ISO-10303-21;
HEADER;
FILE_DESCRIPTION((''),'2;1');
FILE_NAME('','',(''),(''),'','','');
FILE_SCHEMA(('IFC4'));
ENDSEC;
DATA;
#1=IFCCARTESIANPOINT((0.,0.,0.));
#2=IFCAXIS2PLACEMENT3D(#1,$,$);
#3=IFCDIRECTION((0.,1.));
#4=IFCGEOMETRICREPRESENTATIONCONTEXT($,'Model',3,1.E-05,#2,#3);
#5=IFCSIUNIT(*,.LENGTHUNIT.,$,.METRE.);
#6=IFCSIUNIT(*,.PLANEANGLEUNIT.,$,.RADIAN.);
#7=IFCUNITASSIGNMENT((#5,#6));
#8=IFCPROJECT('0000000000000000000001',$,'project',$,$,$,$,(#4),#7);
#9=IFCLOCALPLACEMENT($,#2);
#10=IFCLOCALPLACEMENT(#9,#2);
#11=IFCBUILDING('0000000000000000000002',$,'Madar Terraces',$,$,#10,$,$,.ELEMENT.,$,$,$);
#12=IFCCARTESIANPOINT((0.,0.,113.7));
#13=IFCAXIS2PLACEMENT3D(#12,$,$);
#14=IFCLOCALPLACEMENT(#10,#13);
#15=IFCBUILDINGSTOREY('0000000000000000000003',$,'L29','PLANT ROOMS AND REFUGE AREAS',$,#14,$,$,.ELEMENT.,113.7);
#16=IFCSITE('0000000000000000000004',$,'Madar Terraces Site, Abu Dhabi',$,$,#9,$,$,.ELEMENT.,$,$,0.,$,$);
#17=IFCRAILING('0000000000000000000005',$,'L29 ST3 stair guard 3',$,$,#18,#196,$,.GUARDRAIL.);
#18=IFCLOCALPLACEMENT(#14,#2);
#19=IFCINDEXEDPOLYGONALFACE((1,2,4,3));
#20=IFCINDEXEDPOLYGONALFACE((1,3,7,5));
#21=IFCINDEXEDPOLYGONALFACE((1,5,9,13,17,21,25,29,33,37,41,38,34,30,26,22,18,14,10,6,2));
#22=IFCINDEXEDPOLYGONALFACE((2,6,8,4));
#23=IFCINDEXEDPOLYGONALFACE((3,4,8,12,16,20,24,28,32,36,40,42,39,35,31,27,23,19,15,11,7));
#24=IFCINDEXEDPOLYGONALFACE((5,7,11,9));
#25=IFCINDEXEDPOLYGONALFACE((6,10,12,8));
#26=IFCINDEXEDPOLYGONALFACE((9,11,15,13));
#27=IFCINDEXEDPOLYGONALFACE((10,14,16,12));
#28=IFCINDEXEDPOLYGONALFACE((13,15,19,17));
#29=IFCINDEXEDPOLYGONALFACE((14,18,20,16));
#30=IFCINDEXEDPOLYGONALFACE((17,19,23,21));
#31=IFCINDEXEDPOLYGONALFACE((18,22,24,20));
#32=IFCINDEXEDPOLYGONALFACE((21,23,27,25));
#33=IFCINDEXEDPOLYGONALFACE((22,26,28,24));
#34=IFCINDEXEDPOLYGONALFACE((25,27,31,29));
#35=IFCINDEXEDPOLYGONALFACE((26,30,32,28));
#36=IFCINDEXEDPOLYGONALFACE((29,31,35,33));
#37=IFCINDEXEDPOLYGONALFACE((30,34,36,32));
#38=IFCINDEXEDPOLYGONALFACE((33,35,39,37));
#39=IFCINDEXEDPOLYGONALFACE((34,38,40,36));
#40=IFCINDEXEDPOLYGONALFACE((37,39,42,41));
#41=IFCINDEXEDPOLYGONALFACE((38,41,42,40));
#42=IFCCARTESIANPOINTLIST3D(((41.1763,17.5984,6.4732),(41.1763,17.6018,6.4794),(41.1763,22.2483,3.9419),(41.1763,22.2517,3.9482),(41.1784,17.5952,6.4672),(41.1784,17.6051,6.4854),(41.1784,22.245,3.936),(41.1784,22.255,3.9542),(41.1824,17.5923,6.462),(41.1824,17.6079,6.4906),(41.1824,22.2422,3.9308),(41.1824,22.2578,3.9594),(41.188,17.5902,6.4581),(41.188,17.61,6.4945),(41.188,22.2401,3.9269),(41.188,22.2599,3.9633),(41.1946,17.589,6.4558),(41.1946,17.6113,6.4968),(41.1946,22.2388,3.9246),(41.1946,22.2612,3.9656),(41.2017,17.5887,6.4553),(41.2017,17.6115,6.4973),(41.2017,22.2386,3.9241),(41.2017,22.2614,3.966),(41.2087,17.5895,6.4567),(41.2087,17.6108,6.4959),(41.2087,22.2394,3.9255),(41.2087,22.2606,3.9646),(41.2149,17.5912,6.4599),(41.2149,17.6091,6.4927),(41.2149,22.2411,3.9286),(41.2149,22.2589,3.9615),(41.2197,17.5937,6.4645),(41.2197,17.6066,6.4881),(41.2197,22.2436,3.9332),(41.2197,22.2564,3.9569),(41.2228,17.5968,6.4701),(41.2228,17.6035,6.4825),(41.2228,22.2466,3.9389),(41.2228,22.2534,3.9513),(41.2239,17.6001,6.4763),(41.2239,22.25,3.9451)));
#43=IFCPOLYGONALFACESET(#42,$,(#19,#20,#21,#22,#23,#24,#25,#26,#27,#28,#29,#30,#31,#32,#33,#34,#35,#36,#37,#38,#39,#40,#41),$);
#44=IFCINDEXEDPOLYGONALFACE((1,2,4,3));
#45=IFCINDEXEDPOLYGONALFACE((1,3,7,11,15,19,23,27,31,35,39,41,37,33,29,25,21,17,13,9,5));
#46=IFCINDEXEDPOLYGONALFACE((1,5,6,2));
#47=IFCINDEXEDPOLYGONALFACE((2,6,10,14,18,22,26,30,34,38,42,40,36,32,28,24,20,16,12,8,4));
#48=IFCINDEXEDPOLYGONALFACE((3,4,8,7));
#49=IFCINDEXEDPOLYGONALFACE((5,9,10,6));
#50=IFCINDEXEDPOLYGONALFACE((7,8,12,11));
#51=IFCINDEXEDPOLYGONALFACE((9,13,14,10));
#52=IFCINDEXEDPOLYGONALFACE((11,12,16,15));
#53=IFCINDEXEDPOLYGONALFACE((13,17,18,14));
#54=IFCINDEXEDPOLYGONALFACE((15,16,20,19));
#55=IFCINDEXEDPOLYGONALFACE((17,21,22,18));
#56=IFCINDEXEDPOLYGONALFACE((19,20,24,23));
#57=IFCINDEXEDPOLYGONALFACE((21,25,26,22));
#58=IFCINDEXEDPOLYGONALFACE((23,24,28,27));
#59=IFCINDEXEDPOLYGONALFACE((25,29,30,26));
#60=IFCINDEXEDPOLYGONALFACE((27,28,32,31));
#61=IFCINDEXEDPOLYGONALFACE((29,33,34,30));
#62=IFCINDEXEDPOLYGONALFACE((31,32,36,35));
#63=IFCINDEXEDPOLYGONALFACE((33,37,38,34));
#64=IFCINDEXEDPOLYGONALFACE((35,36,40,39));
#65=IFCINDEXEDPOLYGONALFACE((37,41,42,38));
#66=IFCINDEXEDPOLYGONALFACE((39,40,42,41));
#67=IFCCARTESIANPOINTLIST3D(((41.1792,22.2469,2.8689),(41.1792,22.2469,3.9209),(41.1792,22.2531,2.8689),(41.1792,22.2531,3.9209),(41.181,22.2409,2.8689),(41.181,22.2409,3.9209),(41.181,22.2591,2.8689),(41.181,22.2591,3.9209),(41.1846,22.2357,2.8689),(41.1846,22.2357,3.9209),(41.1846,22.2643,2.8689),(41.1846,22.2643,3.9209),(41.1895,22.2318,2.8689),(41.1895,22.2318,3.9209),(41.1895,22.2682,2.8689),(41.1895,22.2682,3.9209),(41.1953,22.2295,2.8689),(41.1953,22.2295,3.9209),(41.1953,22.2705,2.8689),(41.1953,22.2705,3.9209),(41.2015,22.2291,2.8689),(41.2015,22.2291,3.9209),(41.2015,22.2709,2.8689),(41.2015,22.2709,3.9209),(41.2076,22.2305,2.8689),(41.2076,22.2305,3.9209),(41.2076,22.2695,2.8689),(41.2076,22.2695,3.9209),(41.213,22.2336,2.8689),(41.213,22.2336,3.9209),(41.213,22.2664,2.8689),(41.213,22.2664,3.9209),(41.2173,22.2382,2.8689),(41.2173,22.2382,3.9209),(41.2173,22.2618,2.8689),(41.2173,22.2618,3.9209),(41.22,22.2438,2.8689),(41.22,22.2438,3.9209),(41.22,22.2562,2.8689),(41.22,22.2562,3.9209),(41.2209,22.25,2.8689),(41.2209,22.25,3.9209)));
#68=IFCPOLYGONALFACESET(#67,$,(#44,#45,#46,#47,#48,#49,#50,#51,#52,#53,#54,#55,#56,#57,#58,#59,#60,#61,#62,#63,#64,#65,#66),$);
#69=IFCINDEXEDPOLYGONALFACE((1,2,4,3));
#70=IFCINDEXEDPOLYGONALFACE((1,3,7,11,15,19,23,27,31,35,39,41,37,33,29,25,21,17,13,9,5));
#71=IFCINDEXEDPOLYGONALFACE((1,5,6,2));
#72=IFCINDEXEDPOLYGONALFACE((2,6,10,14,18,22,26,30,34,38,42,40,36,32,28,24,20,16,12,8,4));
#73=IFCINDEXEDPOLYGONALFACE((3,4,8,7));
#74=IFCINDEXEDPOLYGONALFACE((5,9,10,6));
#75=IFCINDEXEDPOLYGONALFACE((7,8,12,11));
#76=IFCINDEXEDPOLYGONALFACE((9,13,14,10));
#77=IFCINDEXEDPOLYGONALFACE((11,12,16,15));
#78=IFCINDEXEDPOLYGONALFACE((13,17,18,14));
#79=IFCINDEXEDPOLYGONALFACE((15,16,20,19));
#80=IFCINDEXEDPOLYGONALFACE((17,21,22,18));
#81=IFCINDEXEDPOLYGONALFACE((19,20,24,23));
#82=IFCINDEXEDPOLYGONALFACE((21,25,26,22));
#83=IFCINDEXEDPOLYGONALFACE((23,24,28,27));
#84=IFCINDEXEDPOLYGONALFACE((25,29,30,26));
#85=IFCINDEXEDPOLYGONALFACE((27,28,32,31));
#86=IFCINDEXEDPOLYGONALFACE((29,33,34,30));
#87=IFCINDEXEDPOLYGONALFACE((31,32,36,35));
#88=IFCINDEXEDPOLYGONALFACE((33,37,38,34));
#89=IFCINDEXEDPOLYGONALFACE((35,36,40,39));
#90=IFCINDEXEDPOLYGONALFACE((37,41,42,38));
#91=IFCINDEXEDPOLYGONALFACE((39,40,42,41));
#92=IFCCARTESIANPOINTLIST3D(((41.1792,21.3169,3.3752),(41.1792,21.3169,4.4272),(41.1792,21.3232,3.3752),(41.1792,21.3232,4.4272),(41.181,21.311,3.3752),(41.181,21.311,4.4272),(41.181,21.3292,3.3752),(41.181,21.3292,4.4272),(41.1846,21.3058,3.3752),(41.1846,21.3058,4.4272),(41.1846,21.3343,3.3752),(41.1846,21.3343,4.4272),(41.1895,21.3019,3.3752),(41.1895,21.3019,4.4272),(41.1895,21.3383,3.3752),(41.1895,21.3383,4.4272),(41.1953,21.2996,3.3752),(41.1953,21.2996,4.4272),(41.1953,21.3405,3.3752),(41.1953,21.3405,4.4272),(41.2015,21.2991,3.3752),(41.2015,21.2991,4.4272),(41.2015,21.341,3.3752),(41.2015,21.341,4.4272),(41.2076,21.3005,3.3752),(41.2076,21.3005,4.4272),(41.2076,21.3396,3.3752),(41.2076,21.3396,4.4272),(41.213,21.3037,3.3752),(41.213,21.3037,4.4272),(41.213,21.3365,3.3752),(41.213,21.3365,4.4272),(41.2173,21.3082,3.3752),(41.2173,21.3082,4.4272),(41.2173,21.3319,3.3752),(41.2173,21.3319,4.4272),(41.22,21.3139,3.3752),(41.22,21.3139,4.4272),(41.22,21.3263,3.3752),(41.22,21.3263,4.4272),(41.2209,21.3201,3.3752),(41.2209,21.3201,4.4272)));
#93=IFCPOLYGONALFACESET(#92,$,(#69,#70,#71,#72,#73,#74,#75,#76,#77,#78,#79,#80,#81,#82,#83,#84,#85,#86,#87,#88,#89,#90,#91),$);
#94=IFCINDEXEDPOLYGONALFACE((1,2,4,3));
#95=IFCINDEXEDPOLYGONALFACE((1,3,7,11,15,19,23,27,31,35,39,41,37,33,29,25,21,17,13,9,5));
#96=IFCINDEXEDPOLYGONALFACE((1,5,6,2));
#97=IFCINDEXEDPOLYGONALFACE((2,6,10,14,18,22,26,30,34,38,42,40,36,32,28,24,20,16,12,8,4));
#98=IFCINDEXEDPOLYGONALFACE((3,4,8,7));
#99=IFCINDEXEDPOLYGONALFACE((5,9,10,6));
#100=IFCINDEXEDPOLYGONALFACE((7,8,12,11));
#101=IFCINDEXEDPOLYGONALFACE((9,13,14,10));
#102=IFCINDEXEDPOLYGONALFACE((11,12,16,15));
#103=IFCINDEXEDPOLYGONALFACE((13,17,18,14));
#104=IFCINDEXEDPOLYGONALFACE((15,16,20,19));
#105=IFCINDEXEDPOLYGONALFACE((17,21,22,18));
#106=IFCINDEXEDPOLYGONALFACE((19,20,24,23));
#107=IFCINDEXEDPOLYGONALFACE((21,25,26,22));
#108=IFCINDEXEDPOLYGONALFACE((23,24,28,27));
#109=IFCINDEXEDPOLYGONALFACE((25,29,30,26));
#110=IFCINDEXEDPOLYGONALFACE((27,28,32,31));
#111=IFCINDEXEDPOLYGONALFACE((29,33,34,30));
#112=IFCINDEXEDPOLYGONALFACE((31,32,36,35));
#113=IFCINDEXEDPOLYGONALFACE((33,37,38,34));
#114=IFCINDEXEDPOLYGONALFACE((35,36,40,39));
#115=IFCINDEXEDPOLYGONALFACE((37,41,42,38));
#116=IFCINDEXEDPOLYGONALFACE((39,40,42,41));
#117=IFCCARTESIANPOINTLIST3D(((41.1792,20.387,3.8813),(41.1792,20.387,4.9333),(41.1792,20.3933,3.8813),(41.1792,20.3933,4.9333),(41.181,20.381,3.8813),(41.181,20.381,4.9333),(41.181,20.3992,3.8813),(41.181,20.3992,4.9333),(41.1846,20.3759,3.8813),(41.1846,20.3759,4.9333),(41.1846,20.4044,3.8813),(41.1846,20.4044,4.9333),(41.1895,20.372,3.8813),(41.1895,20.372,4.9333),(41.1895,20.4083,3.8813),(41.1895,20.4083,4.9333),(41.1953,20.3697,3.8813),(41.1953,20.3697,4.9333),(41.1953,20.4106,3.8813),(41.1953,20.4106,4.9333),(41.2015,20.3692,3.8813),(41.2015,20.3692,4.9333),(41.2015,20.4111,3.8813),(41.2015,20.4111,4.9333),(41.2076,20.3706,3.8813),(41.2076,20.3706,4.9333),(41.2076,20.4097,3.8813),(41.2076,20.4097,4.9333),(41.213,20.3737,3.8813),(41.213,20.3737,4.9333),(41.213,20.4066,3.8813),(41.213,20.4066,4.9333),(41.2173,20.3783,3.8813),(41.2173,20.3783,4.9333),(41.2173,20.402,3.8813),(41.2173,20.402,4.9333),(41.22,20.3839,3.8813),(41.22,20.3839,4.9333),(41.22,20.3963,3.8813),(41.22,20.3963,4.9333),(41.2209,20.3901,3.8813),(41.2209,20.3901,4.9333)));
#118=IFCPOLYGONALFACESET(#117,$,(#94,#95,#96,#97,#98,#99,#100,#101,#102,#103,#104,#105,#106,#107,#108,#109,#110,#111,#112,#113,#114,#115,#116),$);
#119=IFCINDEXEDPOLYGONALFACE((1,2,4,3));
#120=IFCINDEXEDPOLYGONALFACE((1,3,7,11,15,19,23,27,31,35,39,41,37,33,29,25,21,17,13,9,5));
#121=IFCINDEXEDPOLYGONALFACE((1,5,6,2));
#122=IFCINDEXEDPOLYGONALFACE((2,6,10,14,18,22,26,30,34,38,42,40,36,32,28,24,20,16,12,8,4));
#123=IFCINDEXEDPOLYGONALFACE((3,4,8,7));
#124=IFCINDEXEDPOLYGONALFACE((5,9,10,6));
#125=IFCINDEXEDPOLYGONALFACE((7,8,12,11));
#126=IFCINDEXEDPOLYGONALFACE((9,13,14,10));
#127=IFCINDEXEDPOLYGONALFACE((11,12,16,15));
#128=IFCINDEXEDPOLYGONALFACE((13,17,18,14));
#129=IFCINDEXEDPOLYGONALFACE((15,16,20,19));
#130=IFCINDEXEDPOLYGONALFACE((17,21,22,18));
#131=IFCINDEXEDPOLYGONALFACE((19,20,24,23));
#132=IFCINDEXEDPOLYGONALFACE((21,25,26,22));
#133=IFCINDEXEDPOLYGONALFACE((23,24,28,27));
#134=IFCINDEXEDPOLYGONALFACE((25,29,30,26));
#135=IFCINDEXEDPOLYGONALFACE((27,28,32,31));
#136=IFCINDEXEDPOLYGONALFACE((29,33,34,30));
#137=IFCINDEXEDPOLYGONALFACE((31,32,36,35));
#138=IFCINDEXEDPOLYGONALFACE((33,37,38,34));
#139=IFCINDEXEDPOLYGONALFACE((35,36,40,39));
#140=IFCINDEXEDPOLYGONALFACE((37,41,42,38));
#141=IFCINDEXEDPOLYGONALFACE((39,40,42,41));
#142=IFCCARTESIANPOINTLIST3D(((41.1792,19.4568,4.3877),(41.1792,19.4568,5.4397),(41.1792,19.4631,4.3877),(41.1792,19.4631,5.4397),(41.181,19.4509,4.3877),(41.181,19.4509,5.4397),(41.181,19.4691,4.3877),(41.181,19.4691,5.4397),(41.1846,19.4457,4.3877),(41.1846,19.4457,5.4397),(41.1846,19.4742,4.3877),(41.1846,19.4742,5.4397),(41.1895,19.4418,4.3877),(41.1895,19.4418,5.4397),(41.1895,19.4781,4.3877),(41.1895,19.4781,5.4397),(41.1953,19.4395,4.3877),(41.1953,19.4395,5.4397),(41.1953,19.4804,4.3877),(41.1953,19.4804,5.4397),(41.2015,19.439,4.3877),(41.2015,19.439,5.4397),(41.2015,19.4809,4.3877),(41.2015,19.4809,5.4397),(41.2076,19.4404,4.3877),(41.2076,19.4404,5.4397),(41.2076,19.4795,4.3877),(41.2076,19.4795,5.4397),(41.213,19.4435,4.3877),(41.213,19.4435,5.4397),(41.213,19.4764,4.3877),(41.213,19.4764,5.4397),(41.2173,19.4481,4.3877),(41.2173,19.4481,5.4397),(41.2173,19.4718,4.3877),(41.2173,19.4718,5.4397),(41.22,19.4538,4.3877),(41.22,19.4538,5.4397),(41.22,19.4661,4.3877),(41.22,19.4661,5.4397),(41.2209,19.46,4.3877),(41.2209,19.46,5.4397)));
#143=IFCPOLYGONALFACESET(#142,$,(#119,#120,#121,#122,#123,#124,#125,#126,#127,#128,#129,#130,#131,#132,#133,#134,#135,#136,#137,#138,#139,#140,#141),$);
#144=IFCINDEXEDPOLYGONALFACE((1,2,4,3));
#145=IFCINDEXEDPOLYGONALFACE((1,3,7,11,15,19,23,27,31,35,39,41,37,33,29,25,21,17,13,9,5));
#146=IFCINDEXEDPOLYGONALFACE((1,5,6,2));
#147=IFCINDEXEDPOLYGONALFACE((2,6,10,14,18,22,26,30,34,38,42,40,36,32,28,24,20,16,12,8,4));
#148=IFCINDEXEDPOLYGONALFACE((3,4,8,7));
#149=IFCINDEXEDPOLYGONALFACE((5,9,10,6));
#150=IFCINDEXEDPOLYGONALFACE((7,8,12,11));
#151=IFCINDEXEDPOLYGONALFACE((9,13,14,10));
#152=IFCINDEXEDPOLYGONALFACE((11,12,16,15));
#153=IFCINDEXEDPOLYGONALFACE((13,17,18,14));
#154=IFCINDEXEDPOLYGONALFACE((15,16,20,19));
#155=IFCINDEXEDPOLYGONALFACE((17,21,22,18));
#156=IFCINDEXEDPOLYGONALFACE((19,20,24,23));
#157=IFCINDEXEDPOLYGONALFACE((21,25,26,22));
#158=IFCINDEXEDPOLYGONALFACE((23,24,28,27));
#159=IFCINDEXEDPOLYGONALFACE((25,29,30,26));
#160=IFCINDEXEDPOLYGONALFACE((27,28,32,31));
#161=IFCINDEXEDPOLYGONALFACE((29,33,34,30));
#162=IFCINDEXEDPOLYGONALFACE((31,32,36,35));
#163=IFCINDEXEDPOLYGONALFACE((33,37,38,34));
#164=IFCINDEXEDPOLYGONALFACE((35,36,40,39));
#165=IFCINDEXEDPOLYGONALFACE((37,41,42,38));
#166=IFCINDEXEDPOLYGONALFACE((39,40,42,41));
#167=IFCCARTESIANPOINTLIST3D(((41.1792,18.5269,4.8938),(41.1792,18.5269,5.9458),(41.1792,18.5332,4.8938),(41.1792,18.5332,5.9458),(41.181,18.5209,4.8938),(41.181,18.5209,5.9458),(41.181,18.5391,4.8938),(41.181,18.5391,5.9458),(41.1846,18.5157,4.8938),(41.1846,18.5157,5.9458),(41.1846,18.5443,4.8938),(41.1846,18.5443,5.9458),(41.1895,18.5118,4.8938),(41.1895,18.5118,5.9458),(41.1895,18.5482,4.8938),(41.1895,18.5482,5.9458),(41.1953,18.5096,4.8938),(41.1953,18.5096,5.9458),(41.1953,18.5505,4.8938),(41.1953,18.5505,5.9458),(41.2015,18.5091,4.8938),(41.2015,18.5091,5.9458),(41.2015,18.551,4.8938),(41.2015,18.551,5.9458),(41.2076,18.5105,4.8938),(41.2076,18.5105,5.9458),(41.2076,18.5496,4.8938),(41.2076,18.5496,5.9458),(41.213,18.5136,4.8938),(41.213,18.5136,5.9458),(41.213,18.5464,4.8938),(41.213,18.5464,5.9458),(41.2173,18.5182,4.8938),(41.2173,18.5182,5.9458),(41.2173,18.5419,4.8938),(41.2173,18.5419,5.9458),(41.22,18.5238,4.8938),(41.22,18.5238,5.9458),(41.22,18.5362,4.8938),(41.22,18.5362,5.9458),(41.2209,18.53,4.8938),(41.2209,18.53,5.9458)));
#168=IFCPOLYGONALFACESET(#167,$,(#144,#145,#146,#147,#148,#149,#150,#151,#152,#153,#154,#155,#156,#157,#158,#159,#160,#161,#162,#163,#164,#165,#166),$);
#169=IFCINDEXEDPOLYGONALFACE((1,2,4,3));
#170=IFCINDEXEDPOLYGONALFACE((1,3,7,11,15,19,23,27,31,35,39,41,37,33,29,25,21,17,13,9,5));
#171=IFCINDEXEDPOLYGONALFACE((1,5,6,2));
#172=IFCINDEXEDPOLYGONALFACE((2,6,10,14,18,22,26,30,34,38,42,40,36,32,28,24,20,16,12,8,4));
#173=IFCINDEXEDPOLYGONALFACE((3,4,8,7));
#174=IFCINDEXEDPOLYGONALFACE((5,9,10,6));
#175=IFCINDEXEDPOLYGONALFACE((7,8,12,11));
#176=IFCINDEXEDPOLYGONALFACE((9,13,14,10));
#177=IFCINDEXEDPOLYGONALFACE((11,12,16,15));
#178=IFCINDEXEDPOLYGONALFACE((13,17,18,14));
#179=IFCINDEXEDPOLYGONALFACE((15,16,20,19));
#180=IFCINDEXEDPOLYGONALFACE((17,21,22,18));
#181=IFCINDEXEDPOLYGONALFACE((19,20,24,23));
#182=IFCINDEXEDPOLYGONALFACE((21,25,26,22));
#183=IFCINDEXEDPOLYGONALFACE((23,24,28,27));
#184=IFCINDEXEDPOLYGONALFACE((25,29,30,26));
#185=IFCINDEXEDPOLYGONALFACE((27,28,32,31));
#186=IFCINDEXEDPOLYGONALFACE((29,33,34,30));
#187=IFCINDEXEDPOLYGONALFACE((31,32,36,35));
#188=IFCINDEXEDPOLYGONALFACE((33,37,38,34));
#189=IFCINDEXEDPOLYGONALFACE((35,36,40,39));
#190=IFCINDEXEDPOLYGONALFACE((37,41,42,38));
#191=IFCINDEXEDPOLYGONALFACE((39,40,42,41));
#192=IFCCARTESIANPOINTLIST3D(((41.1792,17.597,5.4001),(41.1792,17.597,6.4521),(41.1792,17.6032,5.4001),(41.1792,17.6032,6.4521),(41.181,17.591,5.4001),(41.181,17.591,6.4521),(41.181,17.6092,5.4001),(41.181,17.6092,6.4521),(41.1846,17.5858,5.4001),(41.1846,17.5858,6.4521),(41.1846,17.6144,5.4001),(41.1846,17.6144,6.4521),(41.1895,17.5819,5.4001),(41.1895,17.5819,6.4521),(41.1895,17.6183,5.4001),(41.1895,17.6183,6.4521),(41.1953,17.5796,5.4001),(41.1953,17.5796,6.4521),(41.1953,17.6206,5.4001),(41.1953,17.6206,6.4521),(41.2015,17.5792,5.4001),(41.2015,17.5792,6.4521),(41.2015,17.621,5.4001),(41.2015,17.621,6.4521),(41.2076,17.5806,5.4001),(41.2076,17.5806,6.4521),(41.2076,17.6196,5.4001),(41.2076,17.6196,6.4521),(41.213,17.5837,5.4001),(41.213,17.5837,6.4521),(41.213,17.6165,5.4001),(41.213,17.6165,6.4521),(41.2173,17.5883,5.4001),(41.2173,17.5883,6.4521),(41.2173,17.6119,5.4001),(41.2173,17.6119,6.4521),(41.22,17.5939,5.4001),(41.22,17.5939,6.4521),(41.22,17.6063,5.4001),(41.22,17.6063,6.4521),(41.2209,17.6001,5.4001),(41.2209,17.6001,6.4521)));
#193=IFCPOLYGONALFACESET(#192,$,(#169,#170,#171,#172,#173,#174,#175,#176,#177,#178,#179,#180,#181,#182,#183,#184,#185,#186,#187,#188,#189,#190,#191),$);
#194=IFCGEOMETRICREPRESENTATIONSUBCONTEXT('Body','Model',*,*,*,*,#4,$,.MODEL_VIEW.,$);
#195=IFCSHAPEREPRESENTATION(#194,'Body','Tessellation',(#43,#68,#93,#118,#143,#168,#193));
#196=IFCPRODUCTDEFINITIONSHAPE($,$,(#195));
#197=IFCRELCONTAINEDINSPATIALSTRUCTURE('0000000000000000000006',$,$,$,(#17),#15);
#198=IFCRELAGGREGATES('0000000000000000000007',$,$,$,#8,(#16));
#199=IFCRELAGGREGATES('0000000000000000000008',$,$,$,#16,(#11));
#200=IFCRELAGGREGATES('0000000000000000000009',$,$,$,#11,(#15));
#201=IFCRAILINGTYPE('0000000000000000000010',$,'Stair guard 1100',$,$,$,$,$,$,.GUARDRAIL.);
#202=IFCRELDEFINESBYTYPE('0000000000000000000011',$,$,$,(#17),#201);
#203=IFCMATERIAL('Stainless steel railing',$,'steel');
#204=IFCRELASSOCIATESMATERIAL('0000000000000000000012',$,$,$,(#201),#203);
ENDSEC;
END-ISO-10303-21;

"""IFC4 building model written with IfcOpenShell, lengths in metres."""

from ifc_helpers import new_model, si_unit, direction, frame, origin, origin_2d, place, context, subcontext, project, spatial, circle, extrude, material, type_object, element, save


model = new_model("IFC4")

# Units and contexts
model_context = context("Model", 3, precision=1e-05, world=origin(), true_north=direction((0.0, 1.0)))
body_context = subcontext(model_context, "Body", "Model", "MODEL_VIEW")
ifc_project = project(units=[si_unit("LENGTHUNIT", "METRE"), si_unit("PLANEANGLEUNIT", "RADIAN")], contexts=[model_context])

# Site, building, storey
site_placement = place(None, origin())
site = spatial("IfcSite", under=ifc_project, at=site_placement, Name="Madar Terraces Site, Abu Dhabi", CompositionType="ELEMENT", RefElevation=0.0)
building_placement = place(site_placement, origin())
building = spatial("IfcBuilding", under=site, at=building_placement, Name="Madar Terraces", CompositionType="ELEMENT")
storey_placement = place(building_placement, frame((0.0, 0.0, 113.7)))
storey = spatial("IfcBuildingStorey", under=building, at=storey_placement, Name="L29", Description="PLANT ROOMS AND REFUGE AREAS", CompositionType="ELEMENT", Elevation=113.7)

# Railing
ifc_material_1 = material(Name="Stainless steel railing", Category="steel")
railing_type_1 = type_object("IfcRailingType", Name="Stair guard 1100", PredefinedType="GUARDRAIL", material=ifc_material_1)
railing_1_placement = place(storey_placement, frame((41.2, 22.25, 2.8689)))
element("IfcRailing", 1, at=railing_1_placement, inside=storey, type_object=railing_type_1, Name="L29 ST3 stair guard 3", PredefinedType="GUARDRAIL", context=body_context, shape_type="SweptSolid", body=[
    extrude(circle(Radius=0.0239, at=origin_2d()), frame((0.0, 0.0, 1.0762), z_axis=(0.0, -0.878297, 0.478115), x_axis=(1.0, 0.0, 0.0)), (0.0, 0.0, 1.0), 5.2942),
    extrude(circle(Radius=0.021, at=origin_2d()), origin(), (0.0, 0.0, 1.0), 1.052),
    extrude(circle(Radius=0.021, at=origin_2d()), frame((0.0, -0.9299, 0.5063)), (0.0, 0.0, 1.0), 1.052),
    extrude(circle(Radius=0.021, at=origin_2d()), frame((0.0, -1.8599, 1.0125)), (0.0, 0.0, 1.0), 1.052),
    extrude(circle(Radius=0.021, at=origin_2d()), frame((0.0, -2.79, 1.5188)), (0.0, 0.0, 1.0), 1.052),
    extrude(circle(Radius=0.021, at=origin_2d()), frame((0.0, -3.72, 2.0249)), (0.0, 0.0, 1.0), 1.052),
    extrude(circle(Radius=0.021, at=origin_2d()), frame((0.0, -4.6499, 2.5312)), (0.0, 0.0, 1.0), 1.052),
])

save(model, "model.ifc")
